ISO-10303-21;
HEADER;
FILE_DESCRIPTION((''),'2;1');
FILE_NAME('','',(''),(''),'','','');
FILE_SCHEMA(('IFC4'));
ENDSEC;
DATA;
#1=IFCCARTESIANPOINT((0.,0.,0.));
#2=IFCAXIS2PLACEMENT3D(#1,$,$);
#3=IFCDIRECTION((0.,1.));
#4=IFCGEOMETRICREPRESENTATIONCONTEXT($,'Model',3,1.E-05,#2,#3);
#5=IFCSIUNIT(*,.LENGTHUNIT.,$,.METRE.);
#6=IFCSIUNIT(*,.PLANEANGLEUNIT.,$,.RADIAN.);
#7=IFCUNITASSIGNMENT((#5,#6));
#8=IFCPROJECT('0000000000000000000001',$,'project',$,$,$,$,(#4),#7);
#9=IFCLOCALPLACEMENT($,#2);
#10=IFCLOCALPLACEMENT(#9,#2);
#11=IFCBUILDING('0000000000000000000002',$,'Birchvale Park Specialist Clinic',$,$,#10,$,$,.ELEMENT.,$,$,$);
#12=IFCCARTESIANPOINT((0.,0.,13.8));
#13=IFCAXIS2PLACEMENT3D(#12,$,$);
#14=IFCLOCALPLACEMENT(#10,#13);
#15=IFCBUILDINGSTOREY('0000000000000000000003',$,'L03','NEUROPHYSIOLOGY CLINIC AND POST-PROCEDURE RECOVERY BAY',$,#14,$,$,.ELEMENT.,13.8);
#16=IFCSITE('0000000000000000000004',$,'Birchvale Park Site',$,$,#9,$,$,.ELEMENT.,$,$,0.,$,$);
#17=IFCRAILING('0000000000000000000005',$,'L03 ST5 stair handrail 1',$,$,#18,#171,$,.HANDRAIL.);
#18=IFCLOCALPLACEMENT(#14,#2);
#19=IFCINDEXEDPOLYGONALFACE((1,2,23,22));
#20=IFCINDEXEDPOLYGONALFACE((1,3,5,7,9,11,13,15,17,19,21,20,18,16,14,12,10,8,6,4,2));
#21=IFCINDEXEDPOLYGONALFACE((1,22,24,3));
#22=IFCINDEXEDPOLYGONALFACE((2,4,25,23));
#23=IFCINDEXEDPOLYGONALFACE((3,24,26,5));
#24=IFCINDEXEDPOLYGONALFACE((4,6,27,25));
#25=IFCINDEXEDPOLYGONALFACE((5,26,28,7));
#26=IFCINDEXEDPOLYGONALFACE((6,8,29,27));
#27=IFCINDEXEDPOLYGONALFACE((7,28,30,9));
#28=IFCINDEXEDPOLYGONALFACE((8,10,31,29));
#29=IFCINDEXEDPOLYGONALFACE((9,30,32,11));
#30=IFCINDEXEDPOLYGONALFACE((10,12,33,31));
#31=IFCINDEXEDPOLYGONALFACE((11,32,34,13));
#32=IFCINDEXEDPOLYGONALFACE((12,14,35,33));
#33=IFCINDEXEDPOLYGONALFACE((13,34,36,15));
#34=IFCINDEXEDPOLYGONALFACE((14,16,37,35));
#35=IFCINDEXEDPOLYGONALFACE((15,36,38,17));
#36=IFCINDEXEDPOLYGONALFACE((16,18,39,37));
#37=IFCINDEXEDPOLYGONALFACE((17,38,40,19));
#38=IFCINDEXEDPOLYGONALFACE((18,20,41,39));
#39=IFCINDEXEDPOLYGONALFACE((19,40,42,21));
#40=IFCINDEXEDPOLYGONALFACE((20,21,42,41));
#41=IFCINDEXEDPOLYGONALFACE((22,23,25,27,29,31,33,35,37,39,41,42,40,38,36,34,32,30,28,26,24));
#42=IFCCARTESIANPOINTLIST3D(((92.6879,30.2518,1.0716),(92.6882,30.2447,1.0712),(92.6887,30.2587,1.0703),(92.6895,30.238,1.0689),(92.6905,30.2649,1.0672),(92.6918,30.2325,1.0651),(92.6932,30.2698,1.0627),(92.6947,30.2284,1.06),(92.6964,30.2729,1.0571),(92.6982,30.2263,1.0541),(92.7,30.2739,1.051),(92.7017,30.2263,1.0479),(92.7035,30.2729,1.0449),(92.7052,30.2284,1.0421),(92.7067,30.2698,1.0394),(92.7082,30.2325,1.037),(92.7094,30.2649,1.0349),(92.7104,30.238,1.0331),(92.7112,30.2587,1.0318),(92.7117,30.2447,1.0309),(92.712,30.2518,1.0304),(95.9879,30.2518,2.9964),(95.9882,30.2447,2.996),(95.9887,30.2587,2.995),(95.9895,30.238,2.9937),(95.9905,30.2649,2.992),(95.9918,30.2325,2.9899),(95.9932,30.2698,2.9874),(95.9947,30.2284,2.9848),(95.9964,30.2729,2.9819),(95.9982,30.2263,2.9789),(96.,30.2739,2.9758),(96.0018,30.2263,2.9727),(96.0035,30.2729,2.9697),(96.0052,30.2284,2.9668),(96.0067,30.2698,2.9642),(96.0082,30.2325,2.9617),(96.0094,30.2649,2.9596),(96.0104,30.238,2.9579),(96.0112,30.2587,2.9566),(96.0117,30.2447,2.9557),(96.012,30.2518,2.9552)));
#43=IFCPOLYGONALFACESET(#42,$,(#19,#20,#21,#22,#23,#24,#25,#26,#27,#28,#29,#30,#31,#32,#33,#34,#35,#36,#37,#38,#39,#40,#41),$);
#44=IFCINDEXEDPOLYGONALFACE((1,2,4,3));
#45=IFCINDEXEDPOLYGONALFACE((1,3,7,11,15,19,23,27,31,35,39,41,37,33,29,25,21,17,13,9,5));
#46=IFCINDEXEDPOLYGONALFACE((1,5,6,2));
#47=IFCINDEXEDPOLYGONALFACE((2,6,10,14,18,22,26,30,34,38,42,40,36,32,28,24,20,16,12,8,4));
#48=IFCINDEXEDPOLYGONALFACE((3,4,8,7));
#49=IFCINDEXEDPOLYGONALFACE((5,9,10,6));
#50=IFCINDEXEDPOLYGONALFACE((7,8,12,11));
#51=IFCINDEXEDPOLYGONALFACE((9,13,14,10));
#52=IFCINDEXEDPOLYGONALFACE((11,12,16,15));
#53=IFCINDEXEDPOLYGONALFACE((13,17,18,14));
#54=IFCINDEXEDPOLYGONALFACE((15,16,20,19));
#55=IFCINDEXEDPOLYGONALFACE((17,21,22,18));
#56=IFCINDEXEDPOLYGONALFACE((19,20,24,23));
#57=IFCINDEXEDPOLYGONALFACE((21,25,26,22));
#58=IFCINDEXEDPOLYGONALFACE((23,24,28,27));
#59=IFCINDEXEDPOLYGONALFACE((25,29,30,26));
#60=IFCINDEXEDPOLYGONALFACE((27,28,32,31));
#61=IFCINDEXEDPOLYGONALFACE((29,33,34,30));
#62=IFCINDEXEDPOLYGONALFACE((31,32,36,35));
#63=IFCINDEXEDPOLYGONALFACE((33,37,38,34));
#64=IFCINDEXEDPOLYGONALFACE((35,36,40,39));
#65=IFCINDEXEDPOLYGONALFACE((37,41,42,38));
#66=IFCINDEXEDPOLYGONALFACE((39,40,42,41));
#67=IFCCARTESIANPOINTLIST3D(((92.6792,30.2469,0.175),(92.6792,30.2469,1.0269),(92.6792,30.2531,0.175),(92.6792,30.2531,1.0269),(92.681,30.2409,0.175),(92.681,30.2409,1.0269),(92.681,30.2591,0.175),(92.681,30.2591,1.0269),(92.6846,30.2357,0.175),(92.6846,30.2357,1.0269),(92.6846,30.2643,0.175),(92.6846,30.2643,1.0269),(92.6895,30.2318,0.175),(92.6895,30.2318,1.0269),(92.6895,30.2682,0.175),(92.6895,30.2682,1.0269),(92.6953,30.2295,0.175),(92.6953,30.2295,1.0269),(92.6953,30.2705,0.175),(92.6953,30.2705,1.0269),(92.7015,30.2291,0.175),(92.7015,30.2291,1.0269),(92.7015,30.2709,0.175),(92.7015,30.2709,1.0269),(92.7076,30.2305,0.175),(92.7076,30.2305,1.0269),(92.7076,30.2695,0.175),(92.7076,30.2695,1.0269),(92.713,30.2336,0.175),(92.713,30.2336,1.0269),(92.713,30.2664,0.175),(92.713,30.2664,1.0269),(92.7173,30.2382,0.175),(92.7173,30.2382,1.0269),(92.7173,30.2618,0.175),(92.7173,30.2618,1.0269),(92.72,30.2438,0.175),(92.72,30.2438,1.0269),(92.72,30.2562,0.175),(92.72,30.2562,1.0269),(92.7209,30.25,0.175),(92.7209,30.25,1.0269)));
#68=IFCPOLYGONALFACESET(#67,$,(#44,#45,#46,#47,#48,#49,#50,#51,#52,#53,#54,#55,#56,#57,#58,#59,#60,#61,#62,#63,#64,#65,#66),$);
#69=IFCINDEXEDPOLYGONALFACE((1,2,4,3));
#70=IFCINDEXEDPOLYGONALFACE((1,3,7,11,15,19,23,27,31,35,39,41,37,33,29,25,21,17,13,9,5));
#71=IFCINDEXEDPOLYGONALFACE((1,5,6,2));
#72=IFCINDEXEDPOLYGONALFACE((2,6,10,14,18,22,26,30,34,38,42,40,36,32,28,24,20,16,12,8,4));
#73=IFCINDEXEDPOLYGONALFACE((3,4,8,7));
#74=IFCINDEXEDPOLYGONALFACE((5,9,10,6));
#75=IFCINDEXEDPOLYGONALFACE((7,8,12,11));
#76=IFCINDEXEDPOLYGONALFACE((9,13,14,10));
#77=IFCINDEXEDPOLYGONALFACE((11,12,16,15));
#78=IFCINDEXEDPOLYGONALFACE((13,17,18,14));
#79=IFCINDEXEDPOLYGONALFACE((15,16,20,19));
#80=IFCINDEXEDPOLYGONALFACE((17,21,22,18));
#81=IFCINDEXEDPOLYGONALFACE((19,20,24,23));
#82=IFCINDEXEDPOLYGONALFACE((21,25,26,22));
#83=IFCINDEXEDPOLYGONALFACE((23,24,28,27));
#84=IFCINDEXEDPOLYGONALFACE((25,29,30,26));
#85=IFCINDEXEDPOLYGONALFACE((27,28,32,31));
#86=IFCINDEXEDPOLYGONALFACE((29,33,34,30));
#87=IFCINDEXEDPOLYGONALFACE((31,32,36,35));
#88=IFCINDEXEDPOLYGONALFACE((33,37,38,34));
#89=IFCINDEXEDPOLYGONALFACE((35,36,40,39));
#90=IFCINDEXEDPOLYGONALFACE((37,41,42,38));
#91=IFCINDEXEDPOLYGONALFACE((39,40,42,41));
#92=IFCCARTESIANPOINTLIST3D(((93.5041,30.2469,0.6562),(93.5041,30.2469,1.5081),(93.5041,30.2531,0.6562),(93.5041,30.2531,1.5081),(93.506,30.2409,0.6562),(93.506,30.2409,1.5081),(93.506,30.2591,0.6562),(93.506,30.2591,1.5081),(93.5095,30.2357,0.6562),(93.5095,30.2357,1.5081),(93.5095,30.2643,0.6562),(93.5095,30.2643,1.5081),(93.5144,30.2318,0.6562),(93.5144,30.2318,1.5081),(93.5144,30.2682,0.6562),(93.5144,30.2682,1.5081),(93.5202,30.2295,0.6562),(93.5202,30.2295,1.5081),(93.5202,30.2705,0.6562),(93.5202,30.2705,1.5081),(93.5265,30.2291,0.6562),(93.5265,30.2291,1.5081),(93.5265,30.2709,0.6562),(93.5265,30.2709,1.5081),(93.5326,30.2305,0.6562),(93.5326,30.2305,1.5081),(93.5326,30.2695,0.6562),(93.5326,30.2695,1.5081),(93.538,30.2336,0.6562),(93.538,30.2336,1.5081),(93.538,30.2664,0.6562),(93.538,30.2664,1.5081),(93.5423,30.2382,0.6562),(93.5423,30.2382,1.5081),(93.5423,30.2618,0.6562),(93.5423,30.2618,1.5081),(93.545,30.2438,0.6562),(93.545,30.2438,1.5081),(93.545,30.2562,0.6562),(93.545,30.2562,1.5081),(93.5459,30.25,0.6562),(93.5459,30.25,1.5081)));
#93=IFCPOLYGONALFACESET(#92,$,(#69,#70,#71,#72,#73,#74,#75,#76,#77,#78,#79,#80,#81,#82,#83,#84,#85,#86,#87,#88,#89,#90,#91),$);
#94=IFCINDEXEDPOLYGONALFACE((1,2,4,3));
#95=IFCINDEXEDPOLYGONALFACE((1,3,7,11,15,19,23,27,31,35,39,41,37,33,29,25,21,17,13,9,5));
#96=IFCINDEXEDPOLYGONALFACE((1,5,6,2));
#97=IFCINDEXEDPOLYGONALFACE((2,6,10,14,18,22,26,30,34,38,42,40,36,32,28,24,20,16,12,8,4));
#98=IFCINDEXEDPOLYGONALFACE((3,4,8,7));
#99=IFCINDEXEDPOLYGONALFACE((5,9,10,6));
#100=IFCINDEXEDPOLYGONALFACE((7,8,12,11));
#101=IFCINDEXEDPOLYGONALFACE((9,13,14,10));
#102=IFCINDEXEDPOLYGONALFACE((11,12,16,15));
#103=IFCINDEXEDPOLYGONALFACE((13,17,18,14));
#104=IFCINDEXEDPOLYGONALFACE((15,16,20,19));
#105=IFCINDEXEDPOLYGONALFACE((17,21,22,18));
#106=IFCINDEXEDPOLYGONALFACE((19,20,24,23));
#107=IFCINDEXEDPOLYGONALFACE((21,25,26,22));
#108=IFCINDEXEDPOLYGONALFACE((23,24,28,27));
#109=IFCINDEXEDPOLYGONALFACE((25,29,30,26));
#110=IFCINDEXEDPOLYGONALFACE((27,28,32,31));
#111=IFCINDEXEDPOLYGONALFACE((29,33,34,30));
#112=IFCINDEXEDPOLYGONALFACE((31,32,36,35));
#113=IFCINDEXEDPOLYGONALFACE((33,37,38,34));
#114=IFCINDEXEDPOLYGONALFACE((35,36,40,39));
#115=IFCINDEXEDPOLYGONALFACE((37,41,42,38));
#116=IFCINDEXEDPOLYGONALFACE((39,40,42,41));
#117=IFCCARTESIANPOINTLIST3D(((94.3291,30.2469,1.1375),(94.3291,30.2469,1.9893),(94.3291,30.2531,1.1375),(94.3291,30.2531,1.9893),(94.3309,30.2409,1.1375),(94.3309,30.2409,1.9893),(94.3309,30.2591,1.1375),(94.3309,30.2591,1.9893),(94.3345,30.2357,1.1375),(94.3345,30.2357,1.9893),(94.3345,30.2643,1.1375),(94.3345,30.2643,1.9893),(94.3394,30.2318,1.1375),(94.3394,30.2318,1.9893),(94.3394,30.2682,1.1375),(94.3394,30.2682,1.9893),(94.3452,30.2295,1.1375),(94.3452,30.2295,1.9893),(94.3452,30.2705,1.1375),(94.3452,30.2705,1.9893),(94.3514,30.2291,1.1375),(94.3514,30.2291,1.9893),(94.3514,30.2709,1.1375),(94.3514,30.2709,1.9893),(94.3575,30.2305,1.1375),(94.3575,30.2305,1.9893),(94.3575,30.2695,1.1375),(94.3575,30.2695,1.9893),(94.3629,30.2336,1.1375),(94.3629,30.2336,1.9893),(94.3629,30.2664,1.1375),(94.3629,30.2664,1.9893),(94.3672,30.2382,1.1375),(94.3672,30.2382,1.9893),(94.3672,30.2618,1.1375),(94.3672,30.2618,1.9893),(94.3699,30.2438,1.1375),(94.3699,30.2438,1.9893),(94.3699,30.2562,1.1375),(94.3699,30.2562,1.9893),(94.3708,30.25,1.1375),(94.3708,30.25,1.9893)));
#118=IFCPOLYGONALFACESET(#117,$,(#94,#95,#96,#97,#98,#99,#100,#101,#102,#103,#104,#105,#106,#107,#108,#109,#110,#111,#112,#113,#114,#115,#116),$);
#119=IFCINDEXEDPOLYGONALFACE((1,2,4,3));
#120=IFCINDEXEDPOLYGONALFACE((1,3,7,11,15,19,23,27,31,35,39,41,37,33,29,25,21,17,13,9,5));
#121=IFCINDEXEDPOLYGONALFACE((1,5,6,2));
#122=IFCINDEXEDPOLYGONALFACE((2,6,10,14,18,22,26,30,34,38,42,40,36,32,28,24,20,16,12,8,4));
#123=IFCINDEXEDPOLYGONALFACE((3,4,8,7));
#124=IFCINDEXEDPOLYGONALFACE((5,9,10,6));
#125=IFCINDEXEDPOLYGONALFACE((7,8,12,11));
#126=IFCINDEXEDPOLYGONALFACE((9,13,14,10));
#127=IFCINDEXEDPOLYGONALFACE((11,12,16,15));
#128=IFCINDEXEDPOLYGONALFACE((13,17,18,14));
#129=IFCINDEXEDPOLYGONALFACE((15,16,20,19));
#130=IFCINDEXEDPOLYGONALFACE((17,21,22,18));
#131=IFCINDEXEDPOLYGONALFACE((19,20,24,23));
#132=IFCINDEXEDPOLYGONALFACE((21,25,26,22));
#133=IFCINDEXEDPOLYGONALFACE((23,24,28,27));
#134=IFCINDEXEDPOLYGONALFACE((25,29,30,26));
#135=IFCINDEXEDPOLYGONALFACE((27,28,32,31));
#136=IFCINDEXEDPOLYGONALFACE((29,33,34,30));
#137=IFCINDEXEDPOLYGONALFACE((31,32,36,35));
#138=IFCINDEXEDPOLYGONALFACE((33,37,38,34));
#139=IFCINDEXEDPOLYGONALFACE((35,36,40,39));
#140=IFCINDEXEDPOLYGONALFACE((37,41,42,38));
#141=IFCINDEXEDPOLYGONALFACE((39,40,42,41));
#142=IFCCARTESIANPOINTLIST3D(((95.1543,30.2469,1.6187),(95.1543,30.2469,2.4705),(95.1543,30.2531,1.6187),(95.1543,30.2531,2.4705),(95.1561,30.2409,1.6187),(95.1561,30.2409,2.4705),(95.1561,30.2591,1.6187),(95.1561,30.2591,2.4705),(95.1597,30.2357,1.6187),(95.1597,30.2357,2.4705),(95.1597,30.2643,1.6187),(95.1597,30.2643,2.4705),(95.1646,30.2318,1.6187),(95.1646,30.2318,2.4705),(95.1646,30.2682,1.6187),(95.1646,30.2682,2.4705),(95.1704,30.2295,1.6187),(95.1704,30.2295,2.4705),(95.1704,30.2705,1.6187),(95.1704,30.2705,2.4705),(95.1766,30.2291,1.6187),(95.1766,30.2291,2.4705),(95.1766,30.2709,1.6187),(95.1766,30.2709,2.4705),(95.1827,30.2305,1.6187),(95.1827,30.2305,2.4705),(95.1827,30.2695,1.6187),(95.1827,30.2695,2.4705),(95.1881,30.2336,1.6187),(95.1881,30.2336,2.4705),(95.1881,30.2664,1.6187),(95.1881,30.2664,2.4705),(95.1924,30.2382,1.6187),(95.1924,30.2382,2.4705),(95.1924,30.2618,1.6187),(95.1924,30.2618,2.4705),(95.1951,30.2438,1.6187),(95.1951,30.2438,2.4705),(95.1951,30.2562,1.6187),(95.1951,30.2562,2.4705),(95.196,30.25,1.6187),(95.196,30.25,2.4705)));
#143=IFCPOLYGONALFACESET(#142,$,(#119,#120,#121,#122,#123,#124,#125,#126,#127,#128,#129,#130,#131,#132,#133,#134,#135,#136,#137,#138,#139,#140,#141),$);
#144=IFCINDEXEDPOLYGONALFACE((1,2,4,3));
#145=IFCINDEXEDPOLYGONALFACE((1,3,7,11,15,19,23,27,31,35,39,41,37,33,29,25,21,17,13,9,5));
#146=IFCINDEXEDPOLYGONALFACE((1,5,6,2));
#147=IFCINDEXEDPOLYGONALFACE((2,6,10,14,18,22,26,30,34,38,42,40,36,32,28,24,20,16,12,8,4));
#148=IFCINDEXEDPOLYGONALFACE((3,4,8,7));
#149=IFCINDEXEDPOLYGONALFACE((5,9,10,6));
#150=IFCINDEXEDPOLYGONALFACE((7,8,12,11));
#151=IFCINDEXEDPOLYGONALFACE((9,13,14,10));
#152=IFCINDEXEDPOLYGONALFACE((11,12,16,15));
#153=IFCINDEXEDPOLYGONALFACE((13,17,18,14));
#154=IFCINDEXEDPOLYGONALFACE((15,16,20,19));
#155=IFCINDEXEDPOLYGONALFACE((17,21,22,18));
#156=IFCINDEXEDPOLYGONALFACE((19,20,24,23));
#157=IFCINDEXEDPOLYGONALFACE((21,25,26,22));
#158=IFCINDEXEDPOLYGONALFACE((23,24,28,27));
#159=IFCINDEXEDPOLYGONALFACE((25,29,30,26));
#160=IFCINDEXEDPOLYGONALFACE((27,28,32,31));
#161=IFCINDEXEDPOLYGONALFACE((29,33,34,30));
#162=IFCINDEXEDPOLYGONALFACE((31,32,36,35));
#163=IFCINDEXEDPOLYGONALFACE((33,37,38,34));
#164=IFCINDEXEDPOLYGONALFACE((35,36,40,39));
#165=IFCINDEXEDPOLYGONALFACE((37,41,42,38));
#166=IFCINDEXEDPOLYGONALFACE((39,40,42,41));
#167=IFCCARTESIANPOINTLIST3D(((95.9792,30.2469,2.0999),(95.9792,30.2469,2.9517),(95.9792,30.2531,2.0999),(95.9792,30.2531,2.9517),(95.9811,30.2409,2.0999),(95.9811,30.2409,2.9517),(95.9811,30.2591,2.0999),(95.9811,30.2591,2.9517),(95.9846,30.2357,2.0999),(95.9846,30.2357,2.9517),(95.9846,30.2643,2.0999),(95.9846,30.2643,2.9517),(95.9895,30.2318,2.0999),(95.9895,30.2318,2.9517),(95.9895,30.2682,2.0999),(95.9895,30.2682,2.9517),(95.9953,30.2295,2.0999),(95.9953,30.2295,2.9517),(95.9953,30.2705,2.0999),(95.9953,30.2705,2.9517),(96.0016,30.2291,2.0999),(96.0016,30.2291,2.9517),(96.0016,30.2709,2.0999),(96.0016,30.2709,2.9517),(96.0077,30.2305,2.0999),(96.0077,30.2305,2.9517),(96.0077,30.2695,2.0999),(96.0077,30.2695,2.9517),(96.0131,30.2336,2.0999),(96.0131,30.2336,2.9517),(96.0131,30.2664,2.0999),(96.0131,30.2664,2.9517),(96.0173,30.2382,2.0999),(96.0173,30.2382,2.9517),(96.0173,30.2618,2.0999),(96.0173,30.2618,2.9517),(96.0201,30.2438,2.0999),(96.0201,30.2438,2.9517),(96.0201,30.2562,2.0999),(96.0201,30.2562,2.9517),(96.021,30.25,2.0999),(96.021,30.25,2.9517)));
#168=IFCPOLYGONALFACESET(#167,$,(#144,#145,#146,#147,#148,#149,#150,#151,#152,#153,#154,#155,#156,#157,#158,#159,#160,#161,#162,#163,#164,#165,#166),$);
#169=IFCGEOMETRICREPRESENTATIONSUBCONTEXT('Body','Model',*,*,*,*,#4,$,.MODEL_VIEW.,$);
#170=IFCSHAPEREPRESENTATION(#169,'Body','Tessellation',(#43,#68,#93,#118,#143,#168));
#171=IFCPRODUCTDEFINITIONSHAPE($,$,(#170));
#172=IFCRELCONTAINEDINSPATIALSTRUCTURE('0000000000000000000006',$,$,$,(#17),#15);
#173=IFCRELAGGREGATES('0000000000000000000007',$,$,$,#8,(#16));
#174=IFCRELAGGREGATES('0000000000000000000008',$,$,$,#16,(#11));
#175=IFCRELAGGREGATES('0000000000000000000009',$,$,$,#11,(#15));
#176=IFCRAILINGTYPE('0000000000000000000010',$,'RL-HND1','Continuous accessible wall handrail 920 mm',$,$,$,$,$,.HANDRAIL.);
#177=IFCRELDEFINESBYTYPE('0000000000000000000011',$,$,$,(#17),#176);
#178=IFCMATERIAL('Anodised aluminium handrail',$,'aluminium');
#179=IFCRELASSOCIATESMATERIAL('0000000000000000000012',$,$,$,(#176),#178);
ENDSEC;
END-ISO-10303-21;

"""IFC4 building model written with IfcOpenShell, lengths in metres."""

from ifc_helpers import new_model, si_unit, direction, frame, origin, origin_2d, place, context, subcontext, project, spatial, circle, extrude, material, type_object, element, save


model = new_model("IFC4")

# Units and contexts
model_context = context("Model", 3, precision=1e-05, world=origin(), true_north=direction((0.0, 1.0)))
body_context = subcontext(model_context, "Body", "Model", "MODEL_VIEW")
ifc_project = project(units=[si_unit("LENGTHUNIT", "METRE"), si_unit("PLANEANGLEUNIT", "RADIAN")], contexts=[model_context])

# Site, building, storey
site_placement = place(None, origin())
site = spatial("IfcSite", under=ifc_project, at=site_placement, Name="Birchvale Park Site", CompositionType="ELEMENT", RefElevation=0.0)
building_placement = place(site_placement, origin())
building = spatial("IfcBuilding", under=site, at=building_placement, Name="Birchvale Park Specialist Clinic", CompositionType="ELEMENT")
storey_placement = place(building_placement, frame((0.0, 0.0, 13.8)))
storey = spatial("IfcBuildingStorey", under=building, at=storey_placement, Name="L03", Description="NEUROPHYSIOLOGY CLINIC AND POST-PROCEDURE RECOVERY BAY", CompositionType="ELEMENT", Elevation=13.8)

# Railing
ifc_material_1 = material(Name="Anodised aluminium handrail", Category="aluminium")
railing_type_1 = type_object("IfcRailingType", Name="RL-HND1", Description="Continuous accessible wall handrail 920 mm", PredefinedType="HANDRAIL", material=ifc_material_1)
railing_1_placement = place(storey_placement, frame((92.7, 30.25, 0.175)))
element("IfcRailing", 1, at=railing_1_placement, inside=storey, type_object=railing_type_1, Name="L03 ST5 stair handrail 1", PredefinedType="HANDRAIL", context=body_context, shape_type="SweptSolid", body=[
    extrude(circle(Radius=0.0239, at=origin_2d()), frame((0.0, 0.0, 0.876), z_axis=(0.863804, 0.0, 0.503827), x_axis=(0.0, 1.0, 0.0)), (0.0, 0.0, 1.0), 3.8203),
    extrude(circle(Radius=0.021, at=origin_2d()), origin(), (0.0, 0.0, 1.0), 0.8518),
    extrude(circle(Radius=0.021, at=origin_2d()), frame((0.825, 0.0, 0.4812)), (0.0, 0.0, 1.0), 0.8518),
    extrude(circle(Radius=0.021, at=origin_2d()), frame((1.6499, 0.0, 0.9624)), (0.0, 0.0, 1.0), 0.8518),
    extrude(circle(Radius=0.021, at=origin_2d()), frame((2.4751, 0.0, 1.4436)), (0.0, 0.0, 1.0), 0.8518),
    extrude(circle(Radius=0.021, at=origin_2d()), frame((3.3, 0.0, 1.9248)), (0.0, 0.0, 1.0), 0.8518),
])

save(model, "model.ifc")
